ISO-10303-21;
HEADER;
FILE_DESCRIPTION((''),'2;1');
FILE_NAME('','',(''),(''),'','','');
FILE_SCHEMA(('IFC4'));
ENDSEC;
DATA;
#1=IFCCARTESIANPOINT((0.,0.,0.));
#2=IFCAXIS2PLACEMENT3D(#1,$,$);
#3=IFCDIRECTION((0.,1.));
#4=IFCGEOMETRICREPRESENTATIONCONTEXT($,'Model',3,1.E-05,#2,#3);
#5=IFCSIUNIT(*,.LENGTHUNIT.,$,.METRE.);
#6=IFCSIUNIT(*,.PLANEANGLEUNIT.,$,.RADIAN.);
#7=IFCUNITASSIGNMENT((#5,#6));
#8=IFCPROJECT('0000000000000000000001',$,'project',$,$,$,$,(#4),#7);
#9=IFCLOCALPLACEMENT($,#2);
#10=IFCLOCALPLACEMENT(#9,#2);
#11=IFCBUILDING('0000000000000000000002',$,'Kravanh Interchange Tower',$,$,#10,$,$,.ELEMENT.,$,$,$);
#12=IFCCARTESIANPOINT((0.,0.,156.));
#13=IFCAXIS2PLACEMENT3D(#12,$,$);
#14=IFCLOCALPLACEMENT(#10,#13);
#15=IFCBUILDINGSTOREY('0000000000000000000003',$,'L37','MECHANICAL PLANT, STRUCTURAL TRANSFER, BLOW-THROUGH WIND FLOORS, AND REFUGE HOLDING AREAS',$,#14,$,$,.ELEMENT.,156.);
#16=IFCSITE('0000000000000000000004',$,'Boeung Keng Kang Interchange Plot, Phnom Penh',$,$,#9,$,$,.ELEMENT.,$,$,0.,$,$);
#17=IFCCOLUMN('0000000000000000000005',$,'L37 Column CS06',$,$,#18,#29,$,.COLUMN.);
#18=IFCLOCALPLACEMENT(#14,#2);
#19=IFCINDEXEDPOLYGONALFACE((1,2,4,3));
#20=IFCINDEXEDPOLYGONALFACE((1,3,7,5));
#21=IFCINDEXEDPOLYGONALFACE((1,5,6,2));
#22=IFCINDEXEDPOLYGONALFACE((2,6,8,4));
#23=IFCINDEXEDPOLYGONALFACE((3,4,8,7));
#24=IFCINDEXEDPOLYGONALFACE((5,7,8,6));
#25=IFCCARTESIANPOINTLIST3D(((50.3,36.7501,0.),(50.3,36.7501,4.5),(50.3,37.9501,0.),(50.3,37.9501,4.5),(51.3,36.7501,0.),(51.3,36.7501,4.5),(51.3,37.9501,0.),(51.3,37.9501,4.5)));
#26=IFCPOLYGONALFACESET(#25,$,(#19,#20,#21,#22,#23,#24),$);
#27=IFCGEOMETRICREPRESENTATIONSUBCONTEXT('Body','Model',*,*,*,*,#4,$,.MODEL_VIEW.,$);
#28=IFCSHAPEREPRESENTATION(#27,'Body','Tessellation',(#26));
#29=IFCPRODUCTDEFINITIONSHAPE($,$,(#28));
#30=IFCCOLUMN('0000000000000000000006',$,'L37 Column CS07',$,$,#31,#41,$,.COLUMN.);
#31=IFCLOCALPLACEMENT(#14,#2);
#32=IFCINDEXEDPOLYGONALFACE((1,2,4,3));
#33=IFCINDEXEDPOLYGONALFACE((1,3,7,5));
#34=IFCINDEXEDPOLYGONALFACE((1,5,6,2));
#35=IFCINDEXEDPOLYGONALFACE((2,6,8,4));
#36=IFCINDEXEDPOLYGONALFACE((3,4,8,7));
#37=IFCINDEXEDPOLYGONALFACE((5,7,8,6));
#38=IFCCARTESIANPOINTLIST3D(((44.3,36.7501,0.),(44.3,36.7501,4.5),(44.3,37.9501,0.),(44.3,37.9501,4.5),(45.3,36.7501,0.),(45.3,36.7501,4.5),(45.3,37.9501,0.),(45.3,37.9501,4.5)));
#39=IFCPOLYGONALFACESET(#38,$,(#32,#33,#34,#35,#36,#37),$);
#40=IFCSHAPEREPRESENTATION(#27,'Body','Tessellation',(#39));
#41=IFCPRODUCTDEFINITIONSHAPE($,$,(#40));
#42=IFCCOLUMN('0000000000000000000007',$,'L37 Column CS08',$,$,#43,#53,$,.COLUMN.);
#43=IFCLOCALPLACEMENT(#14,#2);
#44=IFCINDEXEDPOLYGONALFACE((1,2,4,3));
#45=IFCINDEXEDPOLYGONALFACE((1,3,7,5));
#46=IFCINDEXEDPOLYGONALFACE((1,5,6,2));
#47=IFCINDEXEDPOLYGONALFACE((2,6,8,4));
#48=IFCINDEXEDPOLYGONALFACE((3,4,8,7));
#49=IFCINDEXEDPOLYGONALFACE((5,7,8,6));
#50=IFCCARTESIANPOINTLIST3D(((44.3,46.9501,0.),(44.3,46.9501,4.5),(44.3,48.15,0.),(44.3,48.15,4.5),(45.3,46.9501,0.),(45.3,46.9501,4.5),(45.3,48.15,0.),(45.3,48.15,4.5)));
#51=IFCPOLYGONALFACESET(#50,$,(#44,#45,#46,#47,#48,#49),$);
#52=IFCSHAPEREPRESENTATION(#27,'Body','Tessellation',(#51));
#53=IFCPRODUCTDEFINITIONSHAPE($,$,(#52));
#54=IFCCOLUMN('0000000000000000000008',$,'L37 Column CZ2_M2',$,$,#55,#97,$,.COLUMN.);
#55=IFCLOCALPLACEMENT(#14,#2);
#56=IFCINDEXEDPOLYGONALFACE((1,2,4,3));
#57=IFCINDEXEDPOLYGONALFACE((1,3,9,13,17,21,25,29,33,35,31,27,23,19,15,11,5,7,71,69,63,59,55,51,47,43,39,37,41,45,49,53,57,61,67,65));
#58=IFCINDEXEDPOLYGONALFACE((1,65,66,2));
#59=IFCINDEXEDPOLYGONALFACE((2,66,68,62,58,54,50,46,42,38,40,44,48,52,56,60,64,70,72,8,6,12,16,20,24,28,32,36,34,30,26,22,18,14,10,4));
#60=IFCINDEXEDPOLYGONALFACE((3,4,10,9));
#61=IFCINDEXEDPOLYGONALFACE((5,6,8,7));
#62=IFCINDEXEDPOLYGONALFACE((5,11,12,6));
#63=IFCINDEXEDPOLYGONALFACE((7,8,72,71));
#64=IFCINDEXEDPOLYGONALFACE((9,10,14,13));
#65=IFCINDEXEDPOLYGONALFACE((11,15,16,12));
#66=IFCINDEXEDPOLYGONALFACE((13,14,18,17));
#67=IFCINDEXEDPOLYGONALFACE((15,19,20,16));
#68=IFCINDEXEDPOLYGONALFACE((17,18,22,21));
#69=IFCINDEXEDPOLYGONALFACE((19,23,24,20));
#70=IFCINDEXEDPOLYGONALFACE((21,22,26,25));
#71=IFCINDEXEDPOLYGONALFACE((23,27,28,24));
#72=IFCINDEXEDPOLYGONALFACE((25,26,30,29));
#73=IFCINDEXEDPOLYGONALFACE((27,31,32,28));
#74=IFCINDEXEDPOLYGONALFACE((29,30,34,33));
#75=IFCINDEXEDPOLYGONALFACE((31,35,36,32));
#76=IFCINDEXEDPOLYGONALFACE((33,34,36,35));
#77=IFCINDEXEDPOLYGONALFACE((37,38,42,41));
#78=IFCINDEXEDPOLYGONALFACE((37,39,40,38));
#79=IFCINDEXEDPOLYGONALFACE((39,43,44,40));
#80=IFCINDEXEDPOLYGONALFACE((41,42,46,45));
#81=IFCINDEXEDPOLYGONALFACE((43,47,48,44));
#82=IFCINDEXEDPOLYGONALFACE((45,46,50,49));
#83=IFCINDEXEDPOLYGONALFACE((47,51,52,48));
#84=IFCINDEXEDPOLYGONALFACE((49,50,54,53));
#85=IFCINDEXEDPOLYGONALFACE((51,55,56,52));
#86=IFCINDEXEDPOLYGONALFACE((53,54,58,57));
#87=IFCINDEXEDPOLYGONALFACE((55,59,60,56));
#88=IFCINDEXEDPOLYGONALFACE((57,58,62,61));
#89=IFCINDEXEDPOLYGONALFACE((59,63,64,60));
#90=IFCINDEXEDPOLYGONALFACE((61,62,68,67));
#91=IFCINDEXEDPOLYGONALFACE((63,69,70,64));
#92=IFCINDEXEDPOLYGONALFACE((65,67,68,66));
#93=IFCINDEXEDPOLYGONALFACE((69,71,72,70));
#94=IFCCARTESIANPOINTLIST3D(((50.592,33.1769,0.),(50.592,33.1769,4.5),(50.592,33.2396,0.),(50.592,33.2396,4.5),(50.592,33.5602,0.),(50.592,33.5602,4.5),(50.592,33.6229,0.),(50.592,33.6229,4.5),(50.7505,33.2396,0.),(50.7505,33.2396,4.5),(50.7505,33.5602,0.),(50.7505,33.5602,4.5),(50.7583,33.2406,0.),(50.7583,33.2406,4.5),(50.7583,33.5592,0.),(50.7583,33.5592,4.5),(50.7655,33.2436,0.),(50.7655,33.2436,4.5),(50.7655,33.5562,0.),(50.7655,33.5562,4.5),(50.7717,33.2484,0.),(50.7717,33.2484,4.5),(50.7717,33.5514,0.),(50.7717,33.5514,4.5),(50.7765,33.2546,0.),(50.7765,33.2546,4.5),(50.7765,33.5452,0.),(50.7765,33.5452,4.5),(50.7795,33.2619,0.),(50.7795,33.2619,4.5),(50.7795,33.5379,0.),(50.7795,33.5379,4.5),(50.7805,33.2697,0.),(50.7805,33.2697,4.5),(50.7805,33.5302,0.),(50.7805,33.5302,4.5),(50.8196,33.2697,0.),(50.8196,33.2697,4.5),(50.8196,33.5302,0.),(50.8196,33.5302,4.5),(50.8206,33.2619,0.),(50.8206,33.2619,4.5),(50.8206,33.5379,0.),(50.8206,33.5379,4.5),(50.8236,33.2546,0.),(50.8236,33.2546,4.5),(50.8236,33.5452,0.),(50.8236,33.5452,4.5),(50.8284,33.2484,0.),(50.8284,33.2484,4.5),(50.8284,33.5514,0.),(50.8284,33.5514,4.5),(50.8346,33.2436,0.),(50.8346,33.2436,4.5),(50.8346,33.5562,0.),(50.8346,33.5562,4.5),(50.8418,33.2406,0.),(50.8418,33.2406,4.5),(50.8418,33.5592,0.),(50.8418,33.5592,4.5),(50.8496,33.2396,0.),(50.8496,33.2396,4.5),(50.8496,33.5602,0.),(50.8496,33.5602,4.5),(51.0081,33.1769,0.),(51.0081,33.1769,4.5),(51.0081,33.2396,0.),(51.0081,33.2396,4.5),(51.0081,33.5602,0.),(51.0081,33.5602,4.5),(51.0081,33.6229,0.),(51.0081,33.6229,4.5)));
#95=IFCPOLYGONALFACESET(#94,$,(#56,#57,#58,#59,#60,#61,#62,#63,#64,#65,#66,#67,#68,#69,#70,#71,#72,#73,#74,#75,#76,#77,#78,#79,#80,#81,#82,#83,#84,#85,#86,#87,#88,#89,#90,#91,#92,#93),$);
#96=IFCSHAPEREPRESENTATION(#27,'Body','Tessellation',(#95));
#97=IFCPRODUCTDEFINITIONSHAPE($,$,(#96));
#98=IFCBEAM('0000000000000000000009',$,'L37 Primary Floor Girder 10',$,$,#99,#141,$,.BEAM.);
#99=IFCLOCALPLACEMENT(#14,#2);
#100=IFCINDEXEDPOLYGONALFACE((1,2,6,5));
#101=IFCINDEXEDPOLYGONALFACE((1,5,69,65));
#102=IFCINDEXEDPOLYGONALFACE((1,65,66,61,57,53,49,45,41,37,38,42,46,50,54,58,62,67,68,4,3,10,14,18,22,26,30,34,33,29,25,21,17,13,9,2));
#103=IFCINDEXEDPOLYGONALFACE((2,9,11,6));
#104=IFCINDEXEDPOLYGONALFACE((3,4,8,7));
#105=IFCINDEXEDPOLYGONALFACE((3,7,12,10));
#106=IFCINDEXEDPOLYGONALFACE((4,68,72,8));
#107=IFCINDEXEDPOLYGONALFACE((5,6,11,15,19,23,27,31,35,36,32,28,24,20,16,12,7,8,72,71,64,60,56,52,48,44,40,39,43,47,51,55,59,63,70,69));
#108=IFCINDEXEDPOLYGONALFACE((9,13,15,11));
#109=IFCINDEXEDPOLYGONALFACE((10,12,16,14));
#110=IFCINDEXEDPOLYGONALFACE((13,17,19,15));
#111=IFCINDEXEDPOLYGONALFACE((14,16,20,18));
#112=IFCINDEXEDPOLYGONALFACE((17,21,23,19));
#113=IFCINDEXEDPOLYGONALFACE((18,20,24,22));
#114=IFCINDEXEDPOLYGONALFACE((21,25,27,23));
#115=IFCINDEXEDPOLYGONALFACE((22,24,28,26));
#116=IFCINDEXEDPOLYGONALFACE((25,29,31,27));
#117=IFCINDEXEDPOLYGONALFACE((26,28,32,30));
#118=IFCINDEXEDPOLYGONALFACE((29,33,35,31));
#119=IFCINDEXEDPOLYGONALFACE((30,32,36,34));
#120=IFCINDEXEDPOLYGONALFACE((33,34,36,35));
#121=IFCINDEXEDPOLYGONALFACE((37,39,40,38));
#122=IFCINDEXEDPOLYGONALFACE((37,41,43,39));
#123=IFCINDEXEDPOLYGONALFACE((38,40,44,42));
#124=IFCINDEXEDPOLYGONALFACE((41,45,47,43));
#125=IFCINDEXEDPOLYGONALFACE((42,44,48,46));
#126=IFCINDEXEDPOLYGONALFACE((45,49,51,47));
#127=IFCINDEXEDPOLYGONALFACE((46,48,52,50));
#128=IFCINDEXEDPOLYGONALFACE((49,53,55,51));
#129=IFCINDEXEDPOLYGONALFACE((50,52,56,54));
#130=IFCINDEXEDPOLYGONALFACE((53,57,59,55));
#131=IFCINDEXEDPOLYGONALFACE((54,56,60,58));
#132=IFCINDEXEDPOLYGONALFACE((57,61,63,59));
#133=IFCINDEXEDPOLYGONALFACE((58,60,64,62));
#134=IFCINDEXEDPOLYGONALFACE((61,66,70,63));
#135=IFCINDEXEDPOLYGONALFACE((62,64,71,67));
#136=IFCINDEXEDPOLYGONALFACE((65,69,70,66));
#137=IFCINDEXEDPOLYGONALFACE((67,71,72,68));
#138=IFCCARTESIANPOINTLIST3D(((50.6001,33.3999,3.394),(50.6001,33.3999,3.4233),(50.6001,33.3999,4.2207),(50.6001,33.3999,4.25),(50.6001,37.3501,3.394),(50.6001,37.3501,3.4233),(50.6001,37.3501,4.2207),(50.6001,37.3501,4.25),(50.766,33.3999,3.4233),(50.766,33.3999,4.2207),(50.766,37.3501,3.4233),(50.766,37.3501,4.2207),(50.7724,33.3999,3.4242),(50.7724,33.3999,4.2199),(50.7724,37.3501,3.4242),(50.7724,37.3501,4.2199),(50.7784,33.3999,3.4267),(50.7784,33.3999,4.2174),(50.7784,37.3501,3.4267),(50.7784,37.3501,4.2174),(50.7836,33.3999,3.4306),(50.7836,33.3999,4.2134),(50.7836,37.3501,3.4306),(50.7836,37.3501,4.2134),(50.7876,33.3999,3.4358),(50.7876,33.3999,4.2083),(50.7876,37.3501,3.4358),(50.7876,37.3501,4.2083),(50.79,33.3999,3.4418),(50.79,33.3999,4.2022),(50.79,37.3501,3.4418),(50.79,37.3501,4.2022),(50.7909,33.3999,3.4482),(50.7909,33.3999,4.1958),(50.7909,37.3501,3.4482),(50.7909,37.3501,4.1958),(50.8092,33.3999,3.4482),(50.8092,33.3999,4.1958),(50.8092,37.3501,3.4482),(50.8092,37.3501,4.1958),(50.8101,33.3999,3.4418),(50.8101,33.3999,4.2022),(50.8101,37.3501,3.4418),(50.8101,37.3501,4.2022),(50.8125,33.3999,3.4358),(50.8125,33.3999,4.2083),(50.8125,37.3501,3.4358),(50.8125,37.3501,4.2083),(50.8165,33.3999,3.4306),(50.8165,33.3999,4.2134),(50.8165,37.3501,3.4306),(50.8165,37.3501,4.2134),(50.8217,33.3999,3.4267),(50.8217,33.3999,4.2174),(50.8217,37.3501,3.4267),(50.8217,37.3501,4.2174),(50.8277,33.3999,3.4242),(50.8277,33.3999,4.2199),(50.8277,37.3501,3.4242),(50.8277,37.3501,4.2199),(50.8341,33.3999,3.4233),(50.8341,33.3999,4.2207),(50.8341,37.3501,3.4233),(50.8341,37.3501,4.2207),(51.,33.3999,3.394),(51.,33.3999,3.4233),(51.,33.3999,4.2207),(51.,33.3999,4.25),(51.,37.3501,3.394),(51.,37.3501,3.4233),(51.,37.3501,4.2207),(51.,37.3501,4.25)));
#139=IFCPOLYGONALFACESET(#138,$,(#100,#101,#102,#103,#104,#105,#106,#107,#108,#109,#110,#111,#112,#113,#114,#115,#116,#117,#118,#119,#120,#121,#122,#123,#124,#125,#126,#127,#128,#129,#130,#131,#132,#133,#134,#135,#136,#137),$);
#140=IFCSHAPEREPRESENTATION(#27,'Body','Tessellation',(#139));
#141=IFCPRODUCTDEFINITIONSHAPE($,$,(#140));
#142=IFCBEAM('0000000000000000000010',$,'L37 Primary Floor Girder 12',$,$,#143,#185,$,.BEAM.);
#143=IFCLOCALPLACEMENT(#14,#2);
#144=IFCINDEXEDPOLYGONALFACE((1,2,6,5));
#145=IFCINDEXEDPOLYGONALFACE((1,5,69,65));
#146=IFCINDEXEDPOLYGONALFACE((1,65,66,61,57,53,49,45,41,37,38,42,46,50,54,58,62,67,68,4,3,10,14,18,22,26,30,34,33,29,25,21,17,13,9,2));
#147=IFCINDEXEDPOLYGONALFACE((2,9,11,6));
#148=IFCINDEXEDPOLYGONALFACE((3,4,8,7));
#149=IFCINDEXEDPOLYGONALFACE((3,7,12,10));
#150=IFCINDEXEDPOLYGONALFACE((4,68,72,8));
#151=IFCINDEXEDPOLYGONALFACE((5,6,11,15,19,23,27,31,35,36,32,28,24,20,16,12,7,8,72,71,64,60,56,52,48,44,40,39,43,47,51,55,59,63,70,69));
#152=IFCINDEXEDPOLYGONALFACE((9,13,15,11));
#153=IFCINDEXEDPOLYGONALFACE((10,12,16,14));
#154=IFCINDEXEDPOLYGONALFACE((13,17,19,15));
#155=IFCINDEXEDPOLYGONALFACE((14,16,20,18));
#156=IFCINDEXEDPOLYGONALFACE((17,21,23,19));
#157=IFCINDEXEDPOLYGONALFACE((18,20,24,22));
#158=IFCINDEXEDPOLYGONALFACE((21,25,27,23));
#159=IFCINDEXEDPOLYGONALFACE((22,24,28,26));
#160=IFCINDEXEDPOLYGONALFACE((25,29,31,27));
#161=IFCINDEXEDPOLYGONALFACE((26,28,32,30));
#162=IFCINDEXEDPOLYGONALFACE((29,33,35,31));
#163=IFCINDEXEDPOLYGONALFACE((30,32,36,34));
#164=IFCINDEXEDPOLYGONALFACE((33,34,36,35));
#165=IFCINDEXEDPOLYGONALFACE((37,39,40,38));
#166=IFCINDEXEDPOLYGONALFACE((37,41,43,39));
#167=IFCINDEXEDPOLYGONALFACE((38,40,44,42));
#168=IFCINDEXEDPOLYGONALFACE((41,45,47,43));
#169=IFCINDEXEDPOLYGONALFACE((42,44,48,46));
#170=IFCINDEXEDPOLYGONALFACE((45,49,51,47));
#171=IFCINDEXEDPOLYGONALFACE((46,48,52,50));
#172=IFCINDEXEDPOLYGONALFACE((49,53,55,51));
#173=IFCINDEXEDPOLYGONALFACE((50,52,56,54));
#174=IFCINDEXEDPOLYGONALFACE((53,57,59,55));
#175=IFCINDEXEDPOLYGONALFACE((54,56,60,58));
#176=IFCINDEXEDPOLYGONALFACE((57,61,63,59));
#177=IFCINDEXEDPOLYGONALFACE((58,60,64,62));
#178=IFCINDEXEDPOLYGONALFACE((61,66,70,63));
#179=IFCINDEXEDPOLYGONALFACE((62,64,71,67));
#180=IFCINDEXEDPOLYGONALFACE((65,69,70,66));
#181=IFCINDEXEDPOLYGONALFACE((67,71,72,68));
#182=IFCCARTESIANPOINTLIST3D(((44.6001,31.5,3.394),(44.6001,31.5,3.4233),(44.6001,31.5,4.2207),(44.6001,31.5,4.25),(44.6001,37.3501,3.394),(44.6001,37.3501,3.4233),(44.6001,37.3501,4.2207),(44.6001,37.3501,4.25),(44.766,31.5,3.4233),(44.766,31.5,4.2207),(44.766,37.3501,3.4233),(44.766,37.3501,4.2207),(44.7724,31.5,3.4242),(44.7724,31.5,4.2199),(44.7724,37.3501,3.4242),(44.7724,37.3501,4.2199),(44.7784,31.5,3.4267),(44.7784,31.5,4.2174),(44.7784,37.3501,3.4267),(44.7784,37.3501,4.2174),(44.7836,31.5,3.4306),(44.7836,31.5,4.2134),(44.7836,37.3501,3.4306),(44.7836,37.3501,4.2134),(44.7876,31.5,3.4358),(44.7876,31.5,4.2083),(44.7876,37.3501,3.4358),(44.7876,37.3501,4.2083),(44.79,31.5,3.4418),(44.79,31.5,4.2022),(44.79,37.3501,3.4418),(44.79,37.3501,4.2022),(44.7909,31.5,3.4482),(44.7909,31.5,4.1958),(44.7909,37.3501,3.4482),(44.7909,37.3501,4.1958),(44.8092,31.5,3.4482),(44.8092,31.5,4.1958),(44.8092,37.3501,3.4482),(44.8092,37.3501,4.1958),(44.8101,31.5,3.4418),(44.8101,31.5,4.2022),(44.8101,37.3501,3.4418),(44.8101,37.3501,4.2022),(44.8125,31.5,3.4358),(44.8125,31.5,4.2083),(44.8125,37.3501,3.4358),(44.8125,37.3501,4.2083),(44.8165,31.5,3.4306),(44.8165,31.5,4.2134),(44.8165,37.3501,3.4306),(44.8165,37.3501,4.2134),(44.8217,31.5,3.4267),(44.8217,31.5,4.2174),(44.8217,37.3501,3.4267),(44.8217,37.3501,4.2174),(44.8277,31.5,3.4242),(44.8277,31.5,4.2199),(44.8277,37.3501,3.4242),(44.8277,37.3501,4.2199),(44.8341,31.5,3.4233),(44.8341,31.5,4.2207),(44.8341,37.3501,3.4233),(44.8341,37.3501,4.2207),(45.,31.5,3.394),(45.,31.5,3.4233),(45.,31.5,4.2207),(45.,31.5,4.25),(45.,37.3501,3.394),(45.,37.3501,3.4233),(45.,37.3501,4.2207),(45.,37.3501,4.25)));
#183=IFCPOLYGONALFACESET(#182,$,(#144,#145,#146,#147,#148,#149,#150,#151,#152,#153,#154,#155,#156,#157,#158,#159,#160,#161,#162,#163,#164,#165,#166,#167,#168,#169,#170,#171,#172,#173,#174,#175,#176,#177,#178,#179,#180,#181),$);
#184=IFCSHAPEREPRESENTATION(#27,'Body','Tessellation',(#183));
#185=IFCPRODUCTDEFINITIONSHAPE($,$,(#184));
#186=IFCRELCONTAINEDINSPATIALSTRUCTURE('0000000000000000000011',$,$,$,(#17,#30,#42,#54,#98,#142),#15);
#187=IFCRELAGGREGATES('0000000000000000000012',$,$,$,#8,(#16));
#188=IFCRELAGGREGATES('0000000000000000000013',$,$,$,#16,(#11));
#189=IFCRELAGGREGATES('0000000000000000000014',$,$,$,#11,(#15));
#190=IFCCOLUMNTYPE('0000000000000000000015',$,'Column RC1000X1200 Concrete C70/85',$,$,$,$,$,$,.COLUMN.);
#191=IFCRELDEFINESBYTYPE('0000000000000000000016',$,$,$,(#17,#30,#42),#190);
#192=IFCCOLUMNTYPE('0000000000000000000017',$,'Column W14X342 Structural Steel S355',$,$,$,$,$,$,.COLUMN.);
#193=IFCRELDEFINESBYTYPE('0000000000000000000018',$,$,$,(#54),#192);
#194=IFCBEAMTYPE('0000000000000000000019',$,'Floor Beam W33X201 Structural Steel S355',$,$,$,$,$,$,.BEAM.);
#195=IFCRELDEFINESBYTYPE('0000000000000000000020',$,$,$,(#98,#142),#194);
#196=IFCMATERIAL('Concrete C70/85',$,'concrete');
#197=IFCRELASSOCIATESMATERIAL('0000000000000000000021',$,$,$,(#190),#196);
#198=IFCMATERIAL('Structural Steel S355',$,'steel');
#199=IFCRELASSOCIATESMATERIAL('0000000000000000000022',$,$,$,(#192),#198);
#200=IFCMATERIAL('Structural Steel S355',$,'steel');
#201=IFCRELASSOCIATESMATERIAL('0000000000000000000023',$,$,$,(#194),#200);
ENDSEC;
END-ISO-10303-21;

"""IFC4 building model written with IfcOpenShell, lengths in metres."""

from ifc_helpers import new_model, si_unit, direction, frame, origin, origin_2d, place, context, subcontext, project, spatial, rectangle, i_section, extrude, material, material_profile, profile_set, type_object, element, save


model = new_model("IFC4")

# Units and contexts
model_context = context("Model", 3, precision=1e-05, world=origin(), true_north=direction((0.0, 1.0)))
body_context = subcontext(model_context, "Body", "Model", "MODEL_VIEW")
ifc_project = project(units=[si_unit("LENGTHUNIT", "METRE"), si_unit("PLANEANGLEUNIT", "RADIAN")], contexts=[model_context])

# Site, building, storey
site_placement = place(None, origin())
site = spatial("IfcSite", under=ifc_project, at=site_placement, Name="Boeung Keng Kang Interchange Plot, Phnom Penh", CompositionType="ELEMENT", RefElevation=0.0)
building_placement = place(site_placement, origin())
building = spatial("IfcBuilding", under=site, at=building_placement, Name="Kravanh Interchange Tower", CompositionType="ELEMENT")
storey_placement = place(building_placement, frame((0.0, 0.0, 156.0)))
storey = spatial("IfcBuildingStorey", under=building, at=storey_placement, Name="L37", Description="MECHANICAL PLANT, STRUCTURAL TRANSFER, BLOW-THROUGH WIND FLOORS, AND REFUGE HOLDING AREAS", CompositionType="ELEMENT", Elevation=156.0)

# Columns
ifc_material_1 = material(Name="Concrete C70/85", Category="concrete")
ifc_material_profile_1 = material_profile(ifc_material_1, rectangle(XDim=1.0, YDim=1.2, at=origin_2d()), Name="RC1000X1200")
ifc_profile_set_1 = profile_set([ifc_material_profile_1], Name="Concrete C70/85")
column_type_1 = type_object("IfcColumnType", Name="Column RC1000X1200 Concrete C70/85", PredefinedType="COLUMN", material=ifc_profile_set_1)
for number, where, z_axis, x_axis, name in (
    (1, (50.8, 37.3501, 0.0), (0.0, 0.0, 1.0), (1.0, 0.0, 0.0), "L37 Column CS06"),
    (2, (44.8, 37.3501, 0.0), (0.0, 0.0, 1.0), (1.0, 0.0, 0.0), "L37 Column CS07"),
    (3, (44.8, 47.55, 0.0), (0.0, 0.0, 1.0), (1.0, 0.0, 0.0), "L37 Column CS08"),
):
    element("IfcColumn", number, at=place(storey_placement, frame(where, z_axis=z_axis, x_axis=x_axis)), inside=storey, type_object=column_type_1, Name=name, PredefinedType="COLUMN", context=body_context, shape_type="SweptSolid", body=[
        extrude(rectangle(XDim=1.0, YDim=1.2, at=origin_2d()), origin(), (0.0, 0.0, 1.0), 4.5),
    ])
ifc_material_2 = material(Name="Structural Steel S355", Category="steel")
ifc_material_profile_2 = material_profile(ifc_material_2, i_section(OverallWidth=0.416, OverallDepth=0.446, WebThickness=0.0391, FlangeThickness=0.0627, FilletRadius=0.03, at=origin_2d()), Name="W14X342")
ifc_profile_set_2 = profile_set([ifc_material_profile_2], Name="Structural Steel S355")
column_type_2 = type_object("IfcColumnType", Name="Column W14X342 Structural Steel S355", PredefinedType="COLUMN", material=ifc_profile_set_2)
column_placement = place(storey_placement, frame((50.8, 33.3999, 0.0), z_axis=(0.0, 0.0, 1.0), x_axis=(1.0, 0.0, 0.0)))
element("IfcColumn", 4, at=column_placement, inside=storey, type_object=column_type_2, Name="L37 Column CZ2_M2", PredefinedType="COLUMN", context=body_context, shape_type="SweptSolid", body=[
    extrude(i_section(OverallWidth=0.416, OverallDepth=0.446, WebThickness=0.0391, FlangeThickness=0.0627, FilletRadius=0.03, at=origin_2d()), origin(), (0.0, 0.0, 1.0), 4.5),
])

# Beams
ifc_material_3 = material(Name="Structural Steel S355", Category="steel")
ifc_material_profile_3 = material_profile(ifc_material_3, i_section(OverallWidth=0.3999, OverallDepth=0.856, WebThickness=0.0183, FlangeThickness=0.0293, FilletRadius=0.0249, at=origin_2d()), Name="W33X201")
ifc_profile_set_3 = profile_set([ifc_material_profile_3], Name="Structural Steel S355")
beam_type_1 = type_object("IfcBeamType", Name="Floor Beam W33X201 Structural Steel S355", PredefinedType="BEAM", material=ifc_profile_set_3)
beam_1_placement = place(storey_placement, frame((50.8, 37.3501, 3.822), z_axis=(0.0, -1.0, 0.0), x_axis=(1.0, 0.0, 0.0)))
element("IfcBeam", 5, at=beam_1_placement, inside=storey, type_object=beam_type_1, Name="L37 Primary Floor Girder 10", PredefinedType="BEAM", context=body_context, shape_type="SweptSolid", body=[
    extrude(i_section(OverallWidth=0.3999, OverallDepth=0.856, WebThickness=0.0183, FlangeThickness=0.0293, FilletRadius=0.0249, at=origin_2d()), origin(), (0.0, 0.0, 1.0), 3.9502),
])
beam_2_placement = place(storey_placement, frame((44.8, 37.3501, 3.822), z_axis=(0.0, -1.0, 0.0), x_axis=(1.0, 0.0, 0.0)))
element("IfcBeam", 6, at=beam_2_placement, inside=storey, type_object=beam_type_1, Name="L37 Primary Floor Girder 12", PredefinedType="BEAM", context=body_context, shape_type="SweptSolid", body=[
    extrude(i_section(OverallWidth=0.3999, OverallDepth=0.856, WebThickness=0.0183, FlangeThickness=0.0293, FilletRadius=0.0249, at=origin_2d()), origin(), (0.0, 0.0, 1.0), 5.8501),
])

save(model, "model.ifc")
